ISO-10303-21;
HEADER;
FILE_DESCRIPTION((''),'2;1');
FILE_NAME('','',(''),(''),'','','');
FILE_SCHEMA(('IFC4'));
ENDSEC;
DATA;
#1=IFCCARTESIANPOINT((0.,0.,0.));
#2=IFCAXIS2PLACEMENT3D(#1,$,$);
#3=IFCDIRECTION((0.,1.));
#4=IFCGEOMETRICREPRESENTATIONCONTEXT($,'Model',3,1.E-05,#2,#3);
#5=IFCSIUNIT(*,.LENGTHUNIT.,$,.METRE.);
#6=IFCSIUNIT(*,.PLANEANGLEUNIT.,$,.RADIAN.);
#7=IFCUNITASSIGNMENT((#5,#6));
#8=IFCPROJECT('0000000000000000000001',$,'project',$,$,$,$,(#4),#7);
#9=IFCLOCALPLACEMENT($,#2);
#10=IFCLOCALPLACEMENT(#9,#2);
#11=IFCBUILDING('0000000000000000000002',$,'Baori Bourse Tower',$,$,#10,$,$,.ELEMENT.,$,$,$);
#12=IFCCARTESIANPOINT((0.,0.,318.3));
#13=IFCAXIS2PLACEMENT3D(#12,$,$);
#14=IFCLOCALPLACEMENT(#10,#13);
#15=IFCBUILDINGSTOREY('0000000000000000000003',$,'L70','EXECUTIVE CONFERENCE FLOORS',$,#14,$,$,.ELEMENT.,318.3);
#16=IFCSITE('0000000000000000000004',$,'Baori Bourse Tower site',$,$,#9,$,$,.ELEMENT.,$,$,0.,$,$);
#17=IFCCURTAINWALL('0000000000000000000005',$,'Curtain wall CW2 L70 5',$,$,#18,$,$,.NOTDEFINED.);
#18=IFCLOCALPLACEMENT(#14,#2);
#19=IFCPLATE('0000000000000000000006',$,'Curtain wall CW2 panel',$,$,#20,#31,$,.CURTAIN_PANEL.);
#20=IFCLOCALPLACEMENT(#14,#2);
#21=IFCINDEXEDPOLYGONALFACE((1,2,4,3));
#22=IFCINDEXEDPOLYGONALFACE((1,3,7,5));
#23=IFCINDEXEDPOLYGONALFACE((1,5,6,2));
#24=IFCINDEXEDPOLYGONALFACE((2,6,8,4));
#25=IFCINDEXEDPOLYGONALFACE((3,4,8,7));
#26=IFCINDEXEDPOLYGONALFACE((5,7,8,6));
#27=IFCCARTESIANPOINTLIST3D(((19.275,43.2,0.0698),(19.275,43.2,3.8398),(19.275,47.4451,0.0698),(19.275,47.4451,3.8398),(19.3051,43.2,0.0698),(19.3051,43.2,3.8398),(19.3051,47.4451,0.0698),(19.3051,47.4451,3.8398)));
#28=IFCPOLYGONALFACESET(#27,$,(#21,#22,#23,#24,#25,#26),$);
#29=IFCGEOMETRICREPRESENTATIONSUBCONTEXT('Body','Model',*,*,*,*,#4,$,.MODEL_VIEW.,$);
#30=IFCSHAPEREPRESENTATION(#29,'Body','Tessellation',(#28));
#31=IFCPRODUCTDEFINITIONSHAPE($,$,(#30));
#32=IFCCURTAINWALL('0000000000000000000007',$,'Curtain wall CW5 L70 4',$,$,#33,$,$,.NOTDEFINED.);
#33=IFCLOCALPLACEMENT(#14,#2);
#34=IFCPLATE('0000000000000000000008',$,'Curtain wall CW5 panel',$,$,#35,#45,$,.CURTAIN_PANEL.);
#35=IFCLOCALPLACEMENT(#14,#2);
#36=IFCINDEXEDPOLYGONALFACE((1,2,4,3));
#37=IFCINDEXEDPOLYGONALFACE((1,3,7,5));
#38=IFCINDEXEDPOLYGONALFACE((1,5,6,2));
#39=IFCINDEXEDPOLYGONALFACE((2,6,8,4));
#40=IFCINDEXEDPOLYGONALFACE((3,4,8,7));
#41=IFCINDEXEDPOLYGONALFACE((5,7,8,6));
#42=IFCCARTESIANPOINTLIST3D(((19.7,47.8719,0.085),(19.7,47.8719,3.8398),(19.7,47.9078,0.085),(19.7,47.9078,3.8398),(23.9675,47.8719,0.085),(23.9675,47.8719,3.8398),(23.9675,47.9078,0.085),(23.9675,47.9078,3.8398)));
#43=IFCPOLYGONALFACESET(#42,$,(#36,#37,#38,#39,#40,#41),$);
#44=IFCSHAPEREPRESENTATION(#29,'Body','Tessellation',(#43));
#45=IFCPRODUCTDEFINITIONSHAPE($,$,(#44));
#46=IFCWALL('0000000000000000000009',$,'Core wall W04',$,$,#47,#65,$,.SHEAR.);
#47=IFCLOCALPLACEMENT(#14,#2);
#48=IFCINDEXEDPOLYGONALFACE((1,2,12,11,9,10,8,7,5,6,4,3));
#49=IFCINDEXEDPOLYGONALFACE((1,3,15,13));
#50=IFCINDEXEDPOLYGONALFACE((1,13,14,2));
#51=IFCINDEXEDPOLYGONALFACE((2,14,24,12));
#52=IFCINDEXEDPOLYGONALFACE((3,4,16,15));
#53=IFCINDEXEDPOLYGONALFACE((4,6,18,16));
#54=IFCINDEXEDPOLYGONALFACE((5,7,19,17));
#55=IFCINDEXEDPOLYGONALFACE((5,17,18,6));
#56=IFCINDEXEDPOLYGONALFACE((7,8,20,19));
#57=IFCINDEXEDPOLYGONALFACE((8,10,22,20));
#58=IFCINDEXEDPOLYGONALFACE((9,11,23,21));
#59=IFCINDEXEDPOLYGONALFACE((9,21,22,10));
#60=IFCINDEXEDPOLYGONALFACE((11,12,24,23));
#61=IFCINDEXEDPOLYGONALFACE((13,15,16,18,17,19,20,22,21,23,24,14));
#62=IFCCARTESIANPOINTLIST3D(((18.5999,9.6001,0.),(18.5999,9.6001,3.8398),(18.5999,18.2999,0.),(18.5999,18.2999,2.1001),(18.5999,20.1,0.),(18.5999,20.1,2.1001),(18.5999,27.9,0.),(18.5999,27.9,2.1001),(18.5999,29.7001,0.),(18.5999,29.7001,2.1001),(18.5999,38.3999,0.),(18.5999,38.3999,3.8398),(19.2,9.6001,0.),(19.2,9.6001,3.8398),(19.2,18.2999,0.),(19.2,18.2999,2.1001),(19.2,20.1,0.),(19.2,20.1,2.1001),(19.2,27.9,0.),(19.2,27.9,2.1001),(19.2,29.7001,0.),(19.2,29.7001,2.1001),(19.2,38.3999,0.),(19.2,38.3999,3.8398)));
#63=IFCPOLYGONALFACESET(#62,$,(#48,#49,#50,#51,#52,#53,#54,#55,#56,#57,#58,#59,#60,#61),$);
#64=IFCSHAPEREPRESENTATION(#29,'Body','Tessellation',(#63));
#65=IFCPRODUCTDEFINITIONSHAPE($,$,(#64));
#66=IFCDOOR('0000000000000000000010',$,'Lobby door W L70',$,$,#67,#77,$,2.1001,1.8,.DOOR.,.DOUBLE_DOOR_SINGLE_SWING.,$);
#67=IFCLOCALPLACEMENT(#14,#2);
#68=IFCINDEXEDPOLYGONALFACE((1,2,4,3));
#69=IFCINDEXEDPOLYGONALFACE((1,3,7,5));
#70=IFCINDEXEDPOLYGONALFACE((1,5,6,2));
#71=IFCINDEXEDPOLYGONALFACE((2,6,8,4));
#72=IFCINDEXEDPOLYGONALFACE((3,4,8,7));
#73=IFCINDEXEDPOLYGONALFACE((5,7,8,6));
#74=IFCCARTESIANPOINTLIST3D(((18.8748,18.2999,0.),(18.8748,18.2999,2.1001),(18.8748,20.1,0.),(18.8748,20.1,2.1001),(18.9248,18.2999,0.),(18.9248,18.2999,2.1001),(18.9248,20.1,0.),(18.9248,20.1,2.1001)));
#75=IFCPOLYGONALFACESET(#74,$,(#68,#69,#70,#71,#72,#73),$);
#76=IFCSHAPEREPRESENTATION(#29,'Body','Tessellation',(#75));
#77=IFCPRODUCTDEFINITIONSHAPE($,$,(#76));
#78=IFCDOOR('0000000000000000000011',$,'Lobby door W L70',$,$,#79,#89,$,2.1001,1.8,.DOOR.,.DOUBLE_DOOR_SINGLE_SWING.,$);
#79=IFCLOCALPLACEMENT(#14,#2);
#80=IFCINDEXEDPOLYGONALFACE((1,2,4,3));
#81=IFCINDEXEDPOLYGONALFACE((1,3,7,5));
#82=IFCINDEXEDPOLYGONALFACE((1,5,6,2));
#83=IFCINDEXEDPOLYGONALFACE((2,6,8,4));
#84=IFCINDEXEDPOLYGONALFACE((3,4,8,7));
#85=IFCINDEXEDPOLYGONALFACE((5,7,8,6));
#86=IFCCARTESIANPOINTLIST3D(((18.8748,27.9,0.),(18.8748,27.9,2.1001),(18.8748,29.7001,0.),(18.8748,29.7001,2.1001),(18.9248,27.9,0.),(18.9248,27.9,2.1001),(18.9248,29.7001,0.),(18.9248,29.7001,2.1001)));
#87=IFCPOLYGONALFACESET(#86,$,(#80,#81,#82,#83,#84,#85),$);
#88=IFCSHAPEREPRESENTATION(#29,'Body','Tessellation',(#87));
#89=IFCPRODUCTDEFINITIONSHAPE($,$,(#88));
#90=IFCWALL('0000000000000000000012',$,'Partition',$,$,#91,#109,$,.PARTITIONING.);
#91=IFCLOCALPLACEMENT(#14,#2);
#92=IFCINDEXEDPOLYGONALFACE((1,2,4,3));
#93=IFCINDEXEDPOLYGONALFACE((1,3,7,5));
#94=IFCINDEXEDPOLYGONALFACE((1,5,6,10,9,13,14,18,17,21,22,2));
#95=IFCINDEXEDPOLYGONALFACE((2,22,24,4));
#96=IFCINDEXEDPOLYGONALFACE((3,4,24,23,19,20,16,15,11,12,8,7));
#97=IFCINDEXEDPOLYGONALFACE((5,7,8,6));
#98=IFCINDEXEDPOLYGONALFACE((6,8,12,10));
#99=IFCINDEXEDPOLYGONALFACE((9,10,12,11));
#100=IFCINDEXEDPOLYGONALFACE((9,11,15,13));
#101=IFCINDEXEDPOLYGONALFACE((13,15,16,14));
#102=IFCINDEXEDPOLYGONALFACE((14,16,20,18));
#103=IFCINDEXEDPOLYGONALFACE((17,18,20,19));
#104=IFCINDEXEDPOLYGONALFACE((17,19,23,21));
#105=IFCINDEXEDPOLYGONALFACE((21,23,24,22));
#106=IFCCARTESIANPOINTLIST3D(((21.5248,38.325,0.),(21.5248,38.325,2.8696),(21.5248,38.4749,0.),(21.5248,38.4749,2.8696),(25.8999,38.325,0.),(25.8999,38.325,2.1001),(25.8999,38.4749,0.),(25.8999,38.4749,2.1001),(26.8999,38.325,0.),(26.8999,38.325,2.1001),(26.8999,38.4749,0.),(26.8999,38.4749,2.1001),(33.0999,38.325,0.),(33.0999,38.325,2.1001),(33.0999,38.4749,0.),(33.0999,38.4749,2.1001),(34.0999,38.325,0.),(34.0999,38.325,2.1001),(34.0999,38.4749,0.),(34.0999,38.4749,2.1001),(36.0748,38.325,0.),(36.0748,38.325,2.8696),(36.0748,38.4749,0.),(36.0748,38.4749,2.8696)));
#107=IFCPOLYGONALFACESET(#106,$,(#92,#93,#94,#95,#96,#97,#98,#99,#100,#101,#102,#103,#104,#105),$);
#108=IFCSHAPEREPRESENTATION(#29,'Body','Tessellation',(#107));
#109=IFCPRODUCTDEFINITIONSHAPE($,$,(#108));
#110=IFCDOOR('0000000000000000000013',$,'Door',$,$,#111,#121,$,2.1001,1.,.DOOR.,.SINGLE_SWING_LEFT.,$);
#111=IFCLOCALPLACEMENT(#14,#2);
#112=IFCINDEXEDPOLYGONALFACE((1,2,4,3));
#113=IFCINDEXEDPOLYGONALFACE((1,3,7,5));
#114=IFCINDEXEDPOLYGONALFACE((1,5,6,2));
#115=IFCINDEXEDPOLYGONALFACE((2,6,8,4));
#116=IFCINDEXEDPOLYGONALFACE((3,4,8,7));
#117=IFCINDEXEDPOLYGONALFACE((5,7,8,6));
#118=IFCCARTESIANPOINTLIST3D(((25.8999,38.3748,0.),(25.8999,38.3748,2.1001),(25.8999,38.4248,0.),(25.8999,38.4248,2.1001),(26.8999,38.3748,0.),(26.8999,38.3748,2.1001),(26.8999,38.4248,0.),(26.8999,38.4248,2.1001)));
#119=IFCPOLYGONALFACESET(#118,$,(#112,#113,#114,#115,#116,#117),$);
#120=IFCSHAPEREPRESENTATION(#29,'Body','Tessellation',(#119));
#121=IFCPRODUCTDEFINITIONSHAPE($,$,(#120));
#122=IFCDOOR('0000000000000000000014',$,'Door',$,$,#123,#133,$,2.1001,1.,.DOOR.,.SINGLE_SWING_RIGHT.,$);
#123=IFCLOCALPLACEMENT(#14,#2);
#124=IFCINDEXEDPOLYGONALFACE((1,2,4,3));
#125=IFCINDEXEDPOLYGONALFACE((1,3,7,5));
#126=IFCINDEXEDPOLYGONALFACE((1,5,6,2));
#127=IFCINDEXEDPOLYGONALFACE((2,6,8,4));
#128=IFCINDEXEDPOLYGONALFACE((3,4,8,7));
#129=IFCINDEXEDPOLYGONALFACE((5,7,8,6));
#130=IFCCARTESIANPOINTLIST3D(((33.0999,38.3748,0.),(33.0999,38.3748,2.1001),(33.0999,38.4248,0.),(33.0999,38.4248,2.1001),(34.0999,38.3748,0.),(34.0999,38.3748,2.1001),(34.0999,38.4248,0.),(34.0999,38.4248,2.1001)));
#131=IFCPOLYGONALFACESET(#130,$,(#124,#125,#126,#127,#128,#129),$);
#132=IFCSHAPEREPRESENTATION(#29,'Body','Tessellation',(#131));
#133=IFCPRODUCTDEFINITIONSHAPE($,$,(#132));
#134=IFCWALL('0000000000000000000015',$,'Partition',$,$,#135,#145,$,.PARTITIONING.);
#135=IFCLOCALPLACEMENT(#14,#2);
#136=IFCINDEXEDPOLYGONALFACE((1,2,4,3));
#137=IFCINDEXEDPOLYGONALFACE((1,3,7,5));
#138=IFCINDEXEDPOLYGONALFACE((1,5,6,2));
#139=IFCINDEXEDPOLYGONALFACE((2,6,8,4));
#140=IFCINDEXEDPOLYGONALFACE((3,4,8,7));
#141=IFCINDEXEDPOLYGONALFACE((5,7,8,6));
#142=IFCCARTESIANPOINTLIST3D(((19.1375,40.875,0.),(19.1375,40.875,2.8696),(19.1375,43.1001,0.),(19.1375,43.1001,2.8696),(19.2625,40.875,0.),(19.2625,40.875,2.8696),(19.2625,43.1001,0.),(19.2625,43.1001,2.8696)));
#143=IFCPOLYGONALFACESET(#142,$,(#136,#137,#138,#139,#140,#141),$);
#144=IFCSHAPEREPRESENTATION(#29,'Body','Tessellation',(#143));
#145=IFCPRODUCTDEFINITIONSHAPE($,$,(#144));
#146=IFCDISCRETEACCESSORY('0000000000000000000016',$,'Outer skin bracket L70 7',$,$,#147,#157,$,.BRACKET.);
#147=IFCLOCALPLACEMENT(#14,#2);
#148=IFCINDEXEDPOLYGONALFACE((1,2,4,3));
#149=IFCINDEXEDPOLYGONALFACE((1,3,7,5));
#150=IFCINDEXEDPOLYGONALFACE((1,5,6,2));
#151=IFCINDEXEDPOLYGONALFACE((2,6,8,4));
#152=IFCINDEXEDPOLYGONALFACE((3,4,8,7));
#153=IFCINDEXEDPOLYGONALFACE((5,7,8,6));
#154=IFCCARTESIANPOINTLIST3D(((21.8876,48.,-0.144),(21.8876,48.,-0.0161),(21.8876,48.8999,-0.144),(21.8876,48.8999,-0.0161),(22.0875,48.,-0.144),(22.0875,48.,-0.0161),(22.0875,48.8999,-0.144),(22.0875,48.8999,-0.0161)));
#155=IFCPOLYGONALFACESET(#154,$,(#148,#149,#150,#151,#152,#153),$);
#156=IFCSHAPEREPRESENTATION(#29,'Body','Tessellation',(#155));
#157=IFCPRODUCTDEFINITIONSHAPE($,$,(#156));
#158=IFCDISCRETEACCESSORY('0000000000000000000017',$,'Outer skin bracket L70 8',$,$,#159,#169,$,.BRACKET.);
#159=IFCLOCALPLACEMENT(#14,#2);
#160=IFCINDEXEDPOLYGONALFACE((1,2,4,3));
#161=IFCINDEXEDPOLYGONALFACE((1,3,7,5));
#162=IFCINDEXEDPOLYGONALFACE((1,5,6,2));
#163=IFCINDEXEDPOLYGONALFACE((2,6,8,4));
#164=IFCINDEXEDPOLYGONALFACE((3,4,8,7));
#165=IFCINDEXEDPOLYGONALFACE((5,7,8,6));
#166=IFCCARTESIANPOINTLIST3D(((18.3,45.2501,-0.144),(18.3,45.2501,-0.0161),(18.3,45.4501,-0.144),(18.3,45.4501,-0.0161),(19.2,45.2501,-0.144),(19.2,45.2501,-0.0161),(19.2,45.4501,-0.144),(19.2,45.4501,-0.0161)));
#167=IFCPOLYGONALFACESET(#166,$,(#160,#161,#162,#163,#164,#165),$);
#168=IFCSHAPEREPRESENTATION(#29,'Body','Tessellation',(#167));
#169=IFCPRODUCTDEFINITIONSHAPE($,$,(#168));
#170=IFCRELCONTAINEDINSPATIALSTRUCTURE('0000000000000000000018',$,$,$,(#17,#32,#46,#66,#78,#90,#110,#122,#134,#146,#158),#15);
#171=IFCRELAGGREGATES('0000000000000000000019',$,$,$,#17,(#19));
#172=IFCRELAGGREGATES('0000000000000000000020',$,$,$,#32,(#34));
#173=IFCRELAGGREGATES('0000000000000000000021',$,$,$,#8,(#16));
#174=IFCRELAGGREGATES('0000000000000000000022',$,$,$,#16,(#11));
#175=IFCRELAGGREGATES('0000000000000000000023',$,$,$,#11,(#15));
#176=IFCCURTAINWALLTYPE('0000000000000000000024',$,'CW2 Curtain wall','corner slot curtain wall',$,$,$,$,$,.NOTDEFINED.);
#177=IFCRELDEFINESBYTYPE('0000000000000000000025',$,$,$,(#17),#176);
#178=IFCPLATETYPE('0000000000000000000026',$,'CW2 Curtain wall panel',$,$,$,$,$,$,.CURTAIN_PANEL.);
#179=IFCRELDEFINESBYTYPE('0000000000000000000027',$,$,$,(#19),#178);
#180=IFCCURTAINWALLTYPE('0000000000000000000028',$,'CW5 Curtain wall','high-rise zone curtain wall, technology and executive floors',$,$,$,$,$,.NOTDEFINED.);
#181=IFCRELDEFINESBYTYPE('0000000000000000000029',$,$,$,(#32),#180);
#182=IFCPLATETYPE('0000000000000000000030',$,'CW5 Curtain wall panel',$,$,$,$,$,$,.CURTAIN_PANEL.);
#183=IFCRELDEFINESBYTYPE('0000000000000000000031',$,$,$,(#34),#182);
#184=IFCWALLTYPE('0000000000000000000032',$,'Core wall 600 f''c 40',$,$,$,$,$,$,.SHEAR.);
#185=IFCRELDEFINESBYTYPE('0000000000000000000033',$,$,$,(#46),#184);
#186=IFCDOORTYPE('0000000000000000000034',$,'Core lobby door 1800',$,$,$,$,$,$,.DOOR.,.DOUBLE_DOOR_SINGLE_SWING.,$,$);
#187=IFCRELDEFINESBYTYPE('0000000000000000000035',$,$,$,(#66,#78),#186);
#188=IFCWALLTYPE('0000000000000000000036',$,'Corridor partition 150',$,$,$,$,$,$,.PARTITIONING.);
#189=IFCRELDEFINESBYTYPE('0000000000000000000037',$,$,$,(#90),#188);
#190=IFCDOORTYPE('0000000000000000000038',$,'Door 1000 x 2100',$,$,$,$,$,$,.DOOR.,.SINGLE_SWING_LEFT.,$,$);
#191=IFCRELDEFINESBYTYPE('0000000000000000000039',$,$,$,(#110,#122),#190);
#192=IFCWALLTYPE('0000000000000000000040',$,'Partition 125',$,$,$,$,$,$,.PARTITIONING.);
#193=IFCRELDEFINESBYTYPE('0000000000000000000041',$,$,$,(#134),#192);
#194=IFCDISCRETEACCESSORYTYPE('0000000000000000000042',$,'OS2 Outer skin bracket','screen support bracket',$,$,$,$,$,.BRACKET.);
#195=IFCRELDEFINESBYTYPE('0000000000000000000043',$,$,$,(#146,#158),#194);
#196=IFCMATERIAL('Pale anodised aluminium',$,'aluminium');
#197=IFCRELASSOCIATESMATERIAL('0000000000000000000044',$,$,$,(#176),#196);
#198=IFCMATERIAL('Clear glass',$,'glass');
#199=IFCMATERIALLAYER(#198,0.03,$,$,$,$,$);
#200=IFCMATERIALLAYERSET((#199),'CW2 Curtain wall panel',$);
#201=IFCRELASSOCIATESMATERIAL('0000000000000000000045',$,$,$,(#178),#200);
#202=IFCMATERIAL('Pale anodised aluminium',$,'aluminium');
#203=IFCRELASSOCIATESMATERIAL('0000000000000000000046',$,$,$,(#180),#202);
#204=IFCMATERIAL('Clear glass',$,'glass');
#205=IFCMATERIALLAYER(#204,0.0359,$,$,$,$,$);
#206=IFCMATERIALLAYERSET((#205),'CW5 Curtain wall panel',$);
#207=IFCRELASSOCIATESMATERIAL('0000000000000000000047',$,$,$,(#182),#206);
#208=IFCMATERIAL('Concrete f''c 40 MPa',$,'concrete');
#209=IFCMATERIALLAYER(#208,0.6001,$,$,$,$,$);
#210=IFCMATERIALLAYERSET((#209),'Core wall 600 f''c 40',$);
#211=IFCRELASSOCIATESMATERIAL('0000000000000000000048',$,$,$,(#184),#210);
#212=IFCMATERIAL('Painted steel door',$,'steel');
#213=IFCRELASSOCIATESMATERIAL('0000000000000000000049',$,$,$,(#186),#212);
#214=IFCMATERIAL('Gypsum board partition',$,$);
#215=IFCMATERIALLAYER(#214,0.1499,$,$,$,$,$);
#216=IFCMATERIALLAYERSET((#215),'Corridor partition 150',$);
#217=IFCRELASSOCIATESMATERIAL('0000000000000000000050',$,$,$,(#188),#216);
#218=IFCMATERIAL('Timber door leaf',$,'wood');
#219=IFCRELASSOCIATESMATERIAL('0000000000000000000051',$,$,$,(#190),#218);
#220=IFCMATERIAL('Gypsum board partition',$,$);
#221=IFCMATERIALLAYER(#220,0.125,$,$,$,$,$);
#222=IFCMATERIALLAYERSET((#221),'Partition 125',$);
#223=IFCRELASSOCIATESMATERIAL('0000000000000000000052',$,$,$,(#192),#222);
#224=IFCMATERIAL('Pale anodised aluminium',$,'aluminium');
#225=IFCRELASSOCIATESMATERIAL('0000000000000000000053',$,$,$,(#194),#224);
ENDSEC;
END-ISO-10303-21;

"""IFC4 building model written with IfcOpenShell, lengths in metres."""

from ifc_helpers import new_model, si_unit, direction, frame, frame_2d, origin, origin_2d, place, context, subcontext, project, spatial, rectangle, extrude, material, layer, layer_set, type_object, element, fill, aggregate, save


model = new_model("IFC4")

# Units and contexts
model_context = context("Model", 3, precision=1e-05, world=origin(), true_north=direction((0.0, 1.0)))
body_context = subcontext(model_context, "Body", "Model", "MODEL_VIEW")
ifc_project = project(units=[si_unit("LENGTHUNIT", "METRE"), si_unit("PLANEANGLEUNIT", "RADIAN")], contexts=[model_context])

# Site, building, storey
site_placement = place(None, origin())
site = spatial("IfcSite", under=ifc_project, at=site_placement, Name="Baori Bourse Tower site", CompositionType="ELEMENT", RefElevation=0.0)
building_placement = place(site_placement, origin())
building = spatial("IfcBuilding", under=site, at=building_placement, Name="Baori Bourse Tower", CompositionType="ELEMENT")
storey_placement = place(building_placement, frame((0.0, 0.0, 318.3)))
storey = spatial("IfcBuildingStorey", under=building, at=storey_placement, Name="L70", Description="EXECUTIVE CONFERENCE FLOORS", CompositionType="ELEMENT", Elevation=318.3)

# Curtain wall
ifc_material_1 = material(Name="Pale anodised aluminium", Category="aluminium")
curtain_wall_type_1 = type_object("IfcCurtainWallType", Name="CW2 Curtain wall", Description="corner slot curtain wall", PredefinedType="NOTDEFINED", material=ifc_material_1)
curtain_wall_1_placement = place(storey_placement, origin())
curtain_wall_1 = element("IfcCurtainWall", 1, at=curtain_wall_1_placement, inside=storey, type_object=curtain_wall_type_1, Name="Curtain wall CW2 L70 5", PredefinedType="NOTDEFINED")

# Plate
ifc_material_2 = material(Name="Clear glass", Category="glass")
ifc_layer_1 = layer(ifc_material_2, 0.03)
ifc_layer_set_1 = layer_set([ifc_layer_1], Name="CW2 Curtain wall panel")
plate_type_1 = type_object("IfcPlateType", Name="CW2 Curtain wall panel", PredefinedType="CURTAIN_PANEL", material=ifc_layer_set_1)
plate_1_placement = place(storey_placement, frame((19.29, 45.3225, 0.0698), z_axis=(0.0, 0.0, 1.0), x_axis=(0.0, -1.0, 0.0)))
plate_1 = element("IfcPlate", 2, at=plate_1_placement, type_object=plate_type_1, Name="Curtain wall CW2 panel", PredefinedType="CURTAIN_PANEL", context=body_context, shape_type="SweptSolid", body=[
    extrude(rectangle(XDim=4.2451, YDim=0.03, at=origin_2d()), origin(), (0.0, 0.0, 1.0), 3.77),
])
aggregate(curtain_wall_1, [plate_1])

# Curtain wall, plate
ifc_material_3 = material(Name="Pale anodised aluminium", Category="aluminium")
curtain_wall_type_2 = type_object("IfcCurtainWallType", Name="CW5 Curtain wall", Description="high-rise zone curtain wall, technology and executive floors", PredefinedType="NOTDEFINED", material=ifc_material_3)
curtain_wall_2_placement = place(storey_placement, origin())
curtain_wall_2 = element("IfcCurtainWall", 3, at=curtain_wall_2_placement, inside=storey, type_object=curtain_wall_type_2, Name="Curtain wall CW5 L70 4", PredefinedType="NOTDEFINED")
ifc_material_4 = material(Name="Clear glass", Category="glass")
ifc_layer_2 = layer(ifc_material_4, 0.0359)
ifc_layer_set_2 = layer_set([ifc_layer_2], Name="CW5 Curtain wall panel")
plate_type_2 = type_object("IfcPlateType", Name="CW5 Curtain wall panel", PredefinedType="CURTAIN_PANEL", material=ifc_layer_set_2)
plate_2_placement = place(storey_placement, frame((21.8337, 47.8899, 0.085), z_axis=(0.0, 0.0, 1.0), x_axis=(-1.0, 0.0, 0.0)))
plate_2 = element("IfcPlate", 4, at=plate_2_placement, type_object=plate_type_2, Name="Curtain wall CW5 panel", PredefinedType="CURTAIN_PANEL", context=body_context, shape_type="SweptSolid", body=[
    extrude(rectangle(XDim=4.2676, YDim=0.0359, at=origin_2d()), origin(), (0.0, 0.0, 1.0), 3.7549),
])
aggregate(curtain_wall_2, [plate_2])

# Walls, openings, doors
ifc_material_5 = material(Name="Concrete f'c 40 MPa", Category="concrete")
ifc_layer_3 = layer(ifc_material_5, 0.6001)
ifc_layer_set_3 = layer_set([ifc_layer_3], Name="Core wall 600 f'c 40")
wall_type_1 = type_object("IfcWallType", Name="Core wall 600 f'c 40", PredefinedType="SHEAR", material=ifc_layer_set_3)
wall_1_placement = place(storey_placement, frame((18.8999, 38.3999, 0.0), z_axis=(0.0, 0.0, 1.0), x_axis=(0.0, -1.0, 0.0)))
wall_1 = element("IfcWall", 5, at=wall_1_placement, inside=storey, type_object=wall_type_1, Name="Core wall W04", PredefinedType="SHEAR", context=body_context, shape_type="SweptSolid", body=[
    extrude(rectangle(XDim=28.7998, YDim=0.6001, at=frame_2d((14.3999, 0.0))), origin(), (0.0, 0.0, 1.0), 3.8398),
])
opening_1_placement = place(wall_1_placement, frame((18.3, 0.0, 0.0)))
opening_1 = element("IfcOpeningElement", 6, at=opening_1_placement, cuts=wall_1, PredefinedType="OPENING", context=body_context, shape_type="SweptSolid", body=[
    extrude(rectangle(XDim=1.8, YDim=2.1001, at=frame_2d((0.8999, 1.05))), frame((0.0, 0.3101, 0.0), z_axis=(0.0, -1.0, 0.0), x_axis=(1.0, 0.0, 0.0)), (0.0, 0.0, 1.0), 0.6201),
])
opening_2_placement = place(wall_1_placement, frame((8.7, 0.0, 0.0)))
opening_2 = element("IfcOpeningElement", 7, at=opening_2_placement, cuts=wall_1, PredefinedType="OPENING", context=body_context, shape_type="SweptSolid", body=[
    extrude(rectangle(XDim=1.8, YDim=2.1001, at=frame_2d((0.8999, 1.05))), frame((0.0, 0.3101, 0.0), z_axis=(0.0, -1.0, 0.0), x_axis=(1.0, 0.0, 0.0)), (0.0, 0.0, 1.0), 0.6201),
])
ifc_material_6 = material(Name="Painted steel door", Category="steel")
door_type_1 = type_object("IfcDoorType", Name="Core lobby door 1800", OperationType="DOUBLE_DOOR_SINGLE_SWING", PredefinedType="DOOR", material=ifc_material_6)
door_1_placement = place(opening_1_placement, origin())
door_1 = element("IfcDoor", 8, at=door_1_placement, inside=storey, type_object=door_type_1, Name="Lobby door W L70", OperationType="DOUBLE_DOOR_SINGLE_SWING", OverallHeight=2.1001, OverallWidth=1.8, PredefinedType="DOOR", context=body_context, shape_type="SweptSolid", body=[
    extrude(rectangle(XDim=1.8, YDim=2.1001, at=frame_2d((0.8999, 1.05))), frame((0.0, 0.0249, 0.0), z_axis=(0.0, -1.0, 0.0), x_axis=(1.0, 0.0, 0.0)), (0.0, 0.0, 1.0), 0.05),
])
fill(opening_1, door_1)
door_2_placement = place(opening_2_placement, origin())
door_2 = element("IfcDoor", 9, at=door_2_placement, inside=storey, type_object=door_type_1, Name="Lobby door W L70", OperationType="DOUBLE_DOOR_SINGLE_SWING", OverallHeight=2.1001, OverallWidth=1.8, PredefinedType="DOOR", context=body_context, shape_type="SweptSolid", body=[
    extrude(rectangle(XDim=1.8, YDim=2.1001, at=frame_2d((0.8999, 1.05))), frame((0.0, 0.0249, 0.0), z_axis=(0.0, -1.0, 0.0), x_axis=(1.0, 0.0, 0.0)), (0.0, 0.0, 1.0), 0.05),
])
fill(opening_2, door_2)
ifc_material_7 = material(Name="Gypsum board partition")
ifc_layer_4 = layer(ifc_material_7, 0.1499)
ifc_layer_set_4 = layer_set([ifc_layer_4], Name="Corridor partition 150")
wall_type_2 = type_object("IfcWallType", Name="Corridor partition 150", PredefinedType="PARTITIONING", material=ifc_layer_set_4)
wall_2_placement = place(storey_placement, frame((21.5249, 38.3999, 0.0), z_axis=(0.0, 0.0, 1.0), x_axis=(1.0, 0.0, 0.0)))
wall_2 = element("IfcWall", 10, at=wall_2_placement, inside=storey, type_object=wall_type_2, Name="Partition", PredefinedType="PARTITIONING", context=body_context, shape_type="SweptSolid", body=[
    extrude(rectangle(XDim=14.55, YDim=0.1499, at=frame_2d((7.2749, 0.0))), origin(), (0.0, 0.0, 1.0), 2.8696),
])
opening_3_placement = place(wall_2_placement, frame((4.375, 0.0, 0.0)))
opening_3 = element("IfcOpeningElement", 11, at=opening_3_placement, cuts=wall_2, PredefinedType="OPENING", context=body_context, shape_type="SweptSolid", body=[
    extrude(rectangle(XDim=1.0, YDim=2.1001, at=frame_2d((0.5, 1.05))), frame((0.0, 0.085, 0.0), z_axis=(0.0, -1.0, 0.0), x_axis=(1.0, 0.0, 0.0)), (0.0, 0.0, 1.0), 0.1699),
])
opening_4_placement = place(wall_2_placement, frame((11.575, 0.0, 0.0)))
opening_4 = element("IfcOpeningElement", 12, at=opening_4_placement, cuts=wall_2, PredefinedType="OPENING", context=body_context, shape_type="SweptSolid", body=[
    extrude(rectangle(XDim=1.0, YDim=2.1001, at=frame_2d((0.5, 1.05))), frame((0.0, 0.085, 0.0), z_axis=(0.0, -1.0, 0.0), x_axis=(1.0, 0.0, 0.0)), (0.0, 0.0, 1.0), 0.1699),
])
ifc_material_8 = material(Name="Timber door leaf", Category="wood")
door_type_2 = type_object("IfcDoorType", Name="Door 1000 x 2100", OperationType="SINGLE_SWING_LEFT", PredefinedType="DOOR", material=ifc_material_8)
door_3_placement = place(opening_3_placement, origin())
door_3 = element("IfcDoor", 13, at=door_3_placement, inside=storey, type_object=door_type_2, Name="Door", OperationType="SINGLE_SWING_LEFT", OverallHeight=2.1001, OverallWidth=1.0, PredefinedType="DOOR", context=body_context, shape_type="SweptSolid", body=[
    extrude(rectangle(XDim=1.0, YDim=2.1001, at=frame_2d((0.5, 1.05))), frame((0.0, 0.0249, 0.0), z_axis=(0.0, -1.0, 0.0), x_axis=(1.0, 0.0, 0.0)), (0.0, 0.0, 1.0), 0.05),
])
fill(opening_3, door_3)
door_4_placement = place(opening_4_placement, origin())
door_4 = element("IfcDoor", 14, at=door_4_placement, inside=storey, type_object=door_type_2, Name="Door", OperationType="SINGLE_SWING_RIGHT", OverallHeight=2.1001, OverallWidth=1.0, PredefinedType="DOOR", context=body_context, shape_type="SweptSolid", body=[
    extrude(rectangle(XDim=1.0, YDim=2.1001, at=frame_2d((0.5, 1.05))), frame((0.0, 0.0249, 0.0), z_axis=(0.0, -1.0, 0.0), x_axis=(1.0, 0.0, 0.0)), (0.0, 0.0, 1.0), 0.05),
])
fill(opening_4, door_4)

# Wall
ifc_material_9 = material(Name="Gypsum board partition")
ifc_layer_5 = layer(ifc_material_9, 0.125)
ifc_layer_set_5 = layer_set([ifc_layer_5], Name="Partition 125")
wall_type_3 = type_object("IfcWallType", Name="Partition 125", PredefinedType="PARTITIONING", material=ifc_layer_set_5)
wall_3_placement = place(storey_placement, frame((19.2, 40.875, 0.0), z_axis=(0.0, 0.0, 1.0), x_axis=(0.0, 1.0, 0.0)))
element("IfcWall", 15, at=wall_3_placement, inside=storey, type_object=wall_type_3, Name="Partition", PredefinedType="PARTITIONING", context=body_context, shape_type="SweptSolid", body=[
    extrude(rectangle(XDim=2.2251, YDim=0.125, at=frame_2d((1.1125, 0.0))), origin(), (0.0, 0.0, 1.0), 2.8696),
])

# Discrete accessories
ifc_material_10 = material(Name="Pale anodised aluminium", Category="aluminium")
discrete_accessory_type = type_object("IfcDiscreteAccessoryType", Name="OS2 Outer skin bracket", Description="screen support bracket", PredefinedType="BRACKET", material=ifc_material_10)
for number, where, z_axis, x_axis, name in (
    (16, (21.9875, 48.45, -0.144), (0.0, 0.0, 1.0), (-1.0, 0.0, 0.0), "Outer skin bracket L70 7"),
    (17, (18.75, 45.3501, -0.144), (0.0, 0.0, 1.0), (0.0, -1.0, 0.0), "Outer skin bracket L70 8"),
):
    element("IfcDiscreteAccessory", number, at=place(storey_placement, frame(where, z_axis=z_axis, x_axis=x_axis)), inside=storey, type_object=discrete_accessory_type, Name=name, PredefinedType="BRACKET", context=body_context, shape_type="SweptSolid", body=[
        extrude(rectangle(XDim=0.2, YDim=0.8999, at=origin_2d()), origin(), (0.0, 0.0, 1.0), 0.1279),
    ])

save(model, "model.ifc")
